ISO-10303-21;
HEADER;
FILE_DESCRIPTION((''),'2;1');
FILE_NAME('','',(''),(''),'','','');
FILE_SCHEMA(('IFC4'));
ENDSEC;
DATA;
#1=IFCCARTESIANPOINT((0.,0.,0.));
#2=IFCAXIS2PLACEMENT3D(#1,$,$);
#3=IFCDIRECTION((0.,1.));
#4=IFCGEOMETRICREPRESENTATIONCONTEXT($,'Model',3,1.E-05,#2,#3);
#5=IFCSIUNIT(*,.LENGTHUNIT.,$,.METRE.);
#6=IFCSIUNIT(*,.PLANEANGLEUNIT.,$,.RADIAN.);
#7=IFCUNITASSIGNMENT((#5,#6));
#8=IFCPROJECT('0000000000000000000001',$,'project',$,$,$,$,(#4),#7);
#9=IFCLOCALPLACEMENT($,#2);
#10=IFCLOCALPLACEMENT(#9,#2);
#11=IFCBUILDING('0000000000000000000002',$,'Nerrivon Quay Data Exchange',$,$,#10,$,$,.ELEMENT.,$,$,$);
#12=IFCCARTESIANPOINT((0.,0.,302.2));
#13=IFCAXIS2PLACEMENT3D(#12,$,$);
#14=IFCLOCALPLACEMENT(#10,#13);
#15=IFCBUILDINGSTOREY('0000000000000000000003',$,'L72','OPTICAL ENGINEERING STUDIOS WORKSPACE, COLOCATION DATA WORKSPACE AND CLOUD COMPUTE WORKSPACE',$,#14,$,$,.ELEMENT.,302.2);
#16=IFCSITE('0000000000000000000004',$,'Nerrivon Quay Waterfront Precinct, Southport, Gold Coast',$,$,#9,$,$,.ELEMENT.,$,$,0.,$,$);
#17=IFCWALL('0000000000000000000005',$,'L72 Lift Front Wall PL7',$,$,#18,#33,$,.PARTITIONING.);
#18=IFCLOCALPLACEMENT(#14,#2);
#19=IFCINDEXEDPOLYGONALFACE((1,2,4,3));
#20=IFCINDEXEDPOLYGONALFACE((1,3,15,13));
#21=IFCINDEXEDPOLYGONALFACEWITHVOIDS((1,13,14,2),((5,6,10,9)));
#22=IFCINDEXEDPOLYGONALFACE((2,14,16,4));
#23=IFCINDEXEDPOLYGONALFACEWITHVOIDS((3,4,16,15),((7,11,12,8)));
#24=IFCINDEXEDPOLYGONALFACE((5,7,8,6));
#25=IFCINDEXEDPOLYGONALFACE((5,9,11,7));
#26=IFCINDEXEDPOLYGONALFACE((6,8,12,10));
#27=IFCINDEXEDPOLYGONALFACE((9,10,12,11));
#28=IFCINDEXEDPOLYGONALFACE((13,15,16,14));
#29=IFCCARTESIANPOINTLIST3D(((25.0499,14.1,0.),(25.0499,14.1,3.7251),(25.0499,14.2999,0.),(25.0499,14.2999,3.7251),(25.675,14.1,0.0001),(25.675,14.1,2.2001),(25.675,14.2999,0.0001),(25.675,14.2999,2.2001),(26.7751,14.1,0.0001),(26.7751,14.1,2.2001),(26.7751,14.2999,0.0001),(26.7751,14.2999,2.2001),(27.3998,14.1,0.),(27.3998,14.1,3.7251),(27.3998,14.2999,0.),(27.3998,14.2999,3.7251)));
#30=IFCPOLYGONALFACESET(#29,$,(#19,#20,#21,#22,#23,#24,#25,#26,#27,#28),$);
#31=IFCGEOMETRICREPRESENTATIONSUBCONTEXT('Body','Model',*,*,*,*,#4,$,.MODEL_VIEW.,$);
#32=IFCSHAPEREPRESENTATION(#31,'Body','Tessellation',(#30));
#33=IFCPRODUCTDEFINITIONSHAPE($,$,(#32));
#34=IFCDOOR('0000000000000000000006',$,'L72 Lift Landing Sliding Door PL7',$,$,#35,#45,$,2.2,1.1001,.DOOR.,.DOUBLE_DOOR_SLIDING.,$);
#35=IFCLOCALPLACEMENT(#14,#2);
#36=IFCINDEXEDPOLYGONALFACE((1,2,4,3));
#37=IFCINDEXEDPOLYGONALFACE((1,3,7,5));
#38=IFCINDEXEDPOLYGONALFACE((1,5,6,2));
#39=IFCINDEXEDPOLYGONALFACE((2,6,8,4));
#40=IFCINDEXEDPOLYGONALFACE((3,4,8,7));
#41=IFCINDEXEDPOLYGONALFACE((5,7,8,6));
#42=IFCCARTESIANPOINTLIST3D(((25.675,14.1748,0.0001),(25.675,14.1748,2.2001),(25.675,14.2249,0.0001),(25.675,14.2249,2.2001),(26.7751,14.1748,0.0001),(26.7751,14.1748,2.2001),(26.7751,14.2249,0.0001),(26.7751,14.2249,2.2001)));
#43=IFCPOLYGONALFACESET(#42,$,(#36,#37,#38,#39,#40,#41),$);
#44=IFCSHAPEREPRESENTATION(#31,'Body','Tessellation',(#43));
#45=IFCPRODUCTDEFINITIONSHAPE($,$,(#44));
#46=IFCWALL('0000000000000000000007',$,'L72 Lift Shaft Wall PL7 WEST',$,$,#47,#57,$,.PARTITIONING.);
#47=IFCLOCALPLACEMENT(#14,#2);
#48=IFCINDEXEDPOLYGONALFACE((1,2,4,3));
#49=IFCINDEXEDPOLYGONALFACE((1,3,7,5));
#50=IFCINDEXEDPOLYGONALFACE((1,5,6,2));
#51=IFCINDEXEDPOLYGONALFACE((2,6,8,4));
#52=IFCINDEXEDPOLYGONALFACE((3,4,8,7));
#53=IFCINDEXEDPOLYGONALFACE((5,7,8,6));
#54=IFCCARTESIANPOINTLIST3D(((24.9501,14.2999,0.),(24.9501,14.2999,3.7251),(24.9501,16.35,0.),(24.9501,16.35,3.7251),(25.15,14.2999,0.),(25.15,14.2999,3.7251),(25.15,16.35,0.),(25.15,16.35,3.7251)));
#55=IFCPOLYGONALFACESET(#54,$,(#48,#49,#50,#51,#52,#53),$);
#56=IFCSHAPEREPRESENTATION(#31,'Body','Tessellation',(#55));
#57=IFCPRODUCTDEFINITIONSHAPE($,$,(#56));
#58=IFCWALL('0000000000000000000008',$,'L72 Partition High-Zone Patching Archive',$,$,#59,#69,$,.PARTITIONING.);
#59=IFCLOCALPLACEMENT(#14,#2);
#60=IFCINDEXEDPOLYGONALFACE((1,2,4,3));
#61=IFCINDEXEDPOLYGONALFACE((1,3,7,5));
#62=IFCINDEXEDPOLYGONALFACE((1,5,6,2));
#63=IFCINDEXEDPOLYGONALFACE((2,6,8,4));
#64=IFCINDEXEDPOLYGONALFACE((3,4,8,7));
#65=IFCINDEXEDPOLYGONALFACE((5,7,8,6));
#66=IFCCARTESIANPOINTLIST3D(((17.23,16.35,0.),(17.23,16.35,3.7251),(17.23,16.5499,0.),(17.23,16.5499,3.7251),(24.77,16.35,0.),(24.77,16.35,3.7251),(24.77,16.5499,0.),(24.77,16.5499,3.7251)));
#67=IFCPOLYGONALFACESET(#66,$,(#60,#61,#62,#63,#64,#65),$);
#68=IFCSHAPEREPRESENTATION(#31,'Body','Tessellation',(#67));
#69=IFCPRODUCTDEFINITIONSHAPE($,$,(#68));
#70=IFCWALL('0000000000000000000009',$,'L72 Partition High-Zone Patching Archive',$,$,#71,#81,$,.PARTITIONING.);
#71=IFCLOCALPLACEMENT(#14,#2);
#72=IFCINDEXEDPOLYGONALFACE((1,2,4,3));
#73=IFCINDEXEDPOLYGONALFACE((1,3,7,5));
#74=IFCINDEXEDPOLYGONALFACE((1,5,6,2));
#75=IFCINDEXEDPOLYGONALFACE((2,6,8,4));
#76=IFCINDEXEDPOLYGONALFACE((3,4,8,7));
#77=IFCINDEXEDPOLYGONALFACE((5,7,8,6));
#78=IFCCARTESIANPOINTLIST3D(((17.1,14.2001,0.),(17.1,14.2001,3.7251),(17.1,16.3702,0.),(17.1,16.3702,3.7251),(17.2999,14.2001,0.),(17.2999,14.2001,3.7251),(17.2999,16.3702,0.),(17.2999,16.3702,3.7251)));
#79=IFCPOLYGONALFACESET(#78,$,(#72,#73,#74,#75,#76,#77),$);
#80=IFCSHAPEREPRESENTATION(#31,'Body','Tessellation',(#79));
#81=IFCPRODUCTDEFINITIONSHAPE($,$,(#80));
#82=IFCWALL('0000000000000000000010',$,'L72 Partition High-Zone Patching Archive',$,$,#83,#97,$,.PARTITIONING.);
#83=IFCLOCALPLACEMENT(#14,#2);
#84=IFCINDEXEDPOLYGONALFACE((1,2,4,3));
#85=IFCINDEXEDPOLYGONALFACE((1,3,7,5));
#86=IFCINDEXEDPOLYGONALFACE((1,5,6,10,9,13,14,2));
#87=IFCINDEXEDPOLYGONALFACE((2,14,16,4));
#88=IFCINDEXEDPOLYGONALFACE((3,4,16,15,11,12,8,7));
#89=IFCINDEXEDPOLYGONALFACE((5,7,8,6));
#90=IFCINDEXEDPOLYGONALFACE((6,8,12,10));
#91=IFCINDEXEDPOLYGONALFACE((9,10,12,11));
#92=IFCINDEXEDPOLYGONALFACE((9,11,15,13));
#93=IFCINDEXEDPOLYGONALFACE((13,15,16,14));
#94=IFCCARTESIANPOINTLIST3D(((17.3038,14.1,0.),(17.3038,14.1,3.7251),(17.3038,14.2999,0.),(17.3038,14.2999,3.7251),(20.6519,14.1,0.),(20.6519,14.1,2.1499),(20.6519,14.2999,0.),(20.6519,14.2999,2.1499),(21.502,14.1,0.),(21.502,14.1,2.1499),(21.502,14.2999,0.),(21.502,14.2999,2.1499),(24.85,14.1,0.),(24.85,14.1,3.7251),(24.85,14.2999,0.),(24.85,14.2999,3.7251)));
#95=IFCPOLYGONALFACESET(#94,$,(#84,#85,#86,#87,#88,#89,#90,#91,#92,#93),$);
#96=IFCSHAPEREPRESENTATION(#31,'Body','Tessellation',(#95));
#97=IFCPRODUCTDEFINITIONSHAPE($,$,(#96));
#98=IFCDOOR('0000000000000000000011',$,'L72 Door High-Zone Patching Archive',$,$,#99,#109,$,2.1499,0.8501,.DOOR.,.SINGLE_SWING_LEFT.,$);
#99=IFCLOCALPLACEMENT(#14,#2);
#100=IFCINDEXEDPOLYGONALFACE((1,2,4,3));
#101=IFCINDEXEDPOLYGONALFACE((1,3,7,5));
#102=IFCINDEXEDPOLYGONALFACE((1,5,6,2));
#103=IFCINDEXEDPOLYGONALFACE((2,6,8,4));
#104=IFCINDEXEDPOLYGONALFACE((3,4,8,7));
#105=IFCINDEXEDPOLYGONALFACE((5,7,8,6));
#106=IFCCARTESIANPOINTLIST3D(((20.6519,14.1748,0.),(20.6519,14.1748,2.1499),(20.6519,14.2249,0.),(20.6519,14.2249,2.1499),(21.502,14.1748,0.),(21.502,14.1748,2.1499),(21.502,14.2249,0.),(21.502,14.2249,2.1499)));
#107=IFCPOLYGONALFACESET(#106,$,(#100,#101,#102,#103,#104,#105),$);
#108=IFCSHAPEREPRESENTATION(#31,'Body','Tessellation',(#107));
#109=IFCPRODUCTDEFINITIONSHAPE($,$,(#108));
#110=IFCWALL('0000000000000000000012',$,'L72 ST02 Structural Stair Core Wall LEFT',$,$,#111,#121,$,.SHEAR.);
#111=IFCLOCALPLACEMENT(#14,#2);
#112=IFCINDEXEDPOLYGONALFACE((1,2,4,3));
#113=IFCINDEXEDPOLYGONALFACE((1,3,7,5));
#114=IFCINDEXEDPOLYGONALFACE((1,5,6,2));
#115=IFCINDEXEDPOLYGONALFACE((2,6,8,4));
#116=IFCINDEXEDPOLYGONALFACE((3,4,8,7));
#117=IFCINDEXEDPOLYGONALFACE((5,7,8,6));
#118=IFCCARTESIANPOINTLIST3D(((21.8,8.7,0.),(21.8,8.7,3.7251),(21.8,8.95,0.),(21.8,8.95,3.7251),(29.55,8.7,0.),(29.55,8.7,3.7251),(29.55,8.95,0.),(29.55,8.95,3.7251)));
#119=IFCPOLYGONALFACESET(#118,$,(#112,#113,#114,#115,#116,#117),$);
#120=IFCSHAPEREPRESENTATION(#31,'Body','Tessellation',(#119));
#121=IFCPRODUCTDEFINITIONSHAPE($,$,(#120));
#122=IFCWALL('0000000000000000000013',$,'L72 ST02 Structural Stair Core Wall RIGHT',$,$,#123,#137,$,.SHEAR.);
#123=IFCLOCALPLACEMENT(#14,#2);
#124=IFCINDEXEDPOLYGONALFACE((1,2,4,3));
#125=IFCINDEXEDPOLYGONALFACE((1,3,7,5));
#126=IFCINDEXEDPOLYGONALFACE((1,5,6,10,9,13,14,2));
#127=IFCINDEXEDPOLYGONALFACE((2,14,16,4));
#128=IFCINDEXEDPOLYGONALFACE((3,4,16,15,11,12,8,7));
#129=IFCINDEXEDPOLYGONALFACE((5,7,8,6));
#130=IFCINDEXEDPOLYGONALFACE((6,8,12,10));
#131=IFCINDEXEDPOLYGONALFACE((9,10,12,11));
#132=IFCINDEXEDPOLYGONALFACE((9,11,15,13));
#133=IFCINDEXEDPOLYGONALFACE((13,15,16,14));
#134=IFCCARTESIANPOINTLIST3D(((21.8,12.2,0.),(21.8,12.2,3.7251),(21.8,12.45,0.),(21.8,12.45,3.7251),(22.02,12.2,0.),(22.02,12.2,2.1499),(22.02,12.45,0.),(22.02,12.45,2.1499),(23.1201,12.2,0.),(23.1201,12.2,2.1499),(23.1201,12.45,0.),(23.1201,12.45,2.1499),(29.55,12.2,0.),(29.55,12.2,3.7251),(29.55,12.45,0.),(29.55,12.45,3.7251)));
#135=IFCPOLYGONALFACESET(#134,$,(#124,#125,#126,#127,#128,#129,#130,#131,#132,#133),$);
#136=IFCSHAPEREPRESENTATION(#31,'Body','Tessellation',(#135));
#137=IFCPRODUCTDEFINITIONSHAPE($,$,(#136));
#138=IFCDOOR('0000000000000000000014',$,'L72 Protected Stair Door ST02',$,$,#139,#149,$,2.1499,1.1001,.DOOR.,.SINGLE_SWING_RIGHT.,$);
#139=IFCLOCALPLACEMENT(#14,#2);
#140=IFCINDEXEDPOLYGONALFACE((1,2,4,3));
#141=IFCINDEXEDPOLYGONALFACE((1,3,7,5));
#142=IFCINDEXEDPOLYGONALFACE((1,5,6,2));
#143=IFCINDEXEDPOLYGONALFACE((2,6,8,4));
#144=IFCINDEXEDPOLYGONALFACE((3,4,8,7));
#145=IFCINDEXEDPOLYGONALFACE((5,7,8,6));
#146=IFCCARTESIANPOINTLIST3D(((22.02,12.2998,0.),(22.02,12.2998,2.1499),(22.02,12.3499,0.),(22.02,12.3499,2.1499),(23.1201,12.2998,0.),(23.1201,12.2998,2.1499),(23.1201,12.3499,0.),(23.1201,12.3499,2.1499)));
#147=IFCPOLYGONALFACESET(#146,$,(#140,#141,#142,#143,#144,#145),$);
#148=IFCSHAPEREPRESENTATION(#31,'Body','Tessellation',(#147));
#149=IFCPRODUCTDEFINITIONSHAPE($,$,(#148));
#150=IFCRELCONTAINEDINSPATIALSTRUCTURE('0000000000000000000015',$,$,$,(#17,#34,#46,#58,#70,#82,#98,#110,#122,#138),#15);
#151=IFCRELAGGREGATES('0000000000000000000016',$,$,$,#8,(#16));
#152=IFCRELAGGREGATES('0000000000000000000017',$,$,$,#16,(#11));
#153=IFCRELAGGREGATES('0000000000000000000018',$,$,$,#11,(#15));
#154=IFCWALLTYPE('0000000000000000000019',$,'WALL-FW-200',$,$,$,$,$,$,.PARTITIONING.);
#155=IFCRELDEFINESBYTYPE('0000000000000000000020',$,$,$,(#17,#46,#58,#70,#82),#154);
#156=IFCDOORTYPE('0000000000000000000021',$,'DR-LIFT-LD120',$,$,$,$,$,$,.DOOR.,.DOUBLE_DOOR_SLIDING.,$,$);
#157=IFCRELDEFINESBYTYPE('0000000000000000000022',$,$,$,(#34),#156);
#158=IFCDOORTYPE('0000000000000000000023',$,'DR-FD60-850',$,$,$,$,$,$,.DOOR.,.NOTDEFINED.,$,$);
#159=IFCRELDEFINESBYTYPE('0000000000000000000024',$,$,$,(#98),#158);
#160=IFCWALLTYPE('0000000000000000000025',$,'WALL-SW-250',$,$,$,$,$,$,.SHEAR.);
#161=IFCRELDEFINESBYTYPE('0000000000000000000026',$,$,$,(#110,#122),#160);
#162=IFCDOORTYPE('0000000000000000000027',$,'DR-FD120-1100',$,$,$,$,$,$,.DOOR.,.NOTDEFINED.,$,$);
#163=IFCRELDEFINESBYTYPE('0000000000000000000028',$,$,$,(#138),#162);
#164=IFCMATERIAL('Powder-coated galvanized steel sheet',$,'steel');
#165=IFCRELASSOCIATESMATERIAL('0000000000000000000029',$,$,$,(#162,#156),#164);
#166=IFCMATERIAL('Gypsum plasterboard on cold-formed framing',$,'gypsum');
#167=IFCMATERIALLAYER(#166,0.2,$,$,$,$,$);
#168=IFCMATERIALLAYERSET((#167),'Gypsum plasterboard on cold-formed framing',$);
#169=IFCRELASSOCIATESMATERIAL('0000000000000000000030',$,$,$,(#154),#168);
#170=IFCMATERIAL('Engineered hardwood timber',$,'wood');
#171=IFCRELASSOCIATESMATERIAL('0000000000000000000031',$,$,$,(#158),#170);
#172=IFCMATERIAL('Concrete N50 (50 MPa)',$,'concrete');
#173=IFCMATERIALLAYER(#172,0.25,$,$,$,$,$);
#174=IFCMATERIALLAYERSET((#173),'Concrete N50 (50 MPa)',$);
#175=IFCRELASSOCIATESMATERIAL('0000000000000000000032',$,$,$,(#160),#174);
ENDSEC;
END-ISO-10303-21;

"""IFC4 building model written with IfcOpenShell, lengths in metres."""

from ifc_helpers import new_model, si_unit, direction, frame, frame_2d, origin, place, context, subcontext, project, spatial, rectangle, extrude, material, layer, layer_set, type_object, element, fill, save


model = new_model("IFC4")

# Units and contexts
model_context = context("Model", 3, precision=1e-05, world=origin(), true_north=direction((0.0, 1.0)))
body_context = subcontext(model_context, "Body", "Model", "MODEL_VIEW")
ifc_project = project(units=[si_unit("LENGTHUNIT", "METRE"), si_unit("PLANEANGLEUNIT", "RADIAN")], contexts=[model_context])

# Site, building, storey
site_placement = place(None, origin())
site = spatial("IfcSite", under=ifc_project, at=site_placement, Name="Nerrivon Quay Waterfront Precinct, Southport, Gold Coast", CompositionType="ELEMENT", RefElevation=0.0)
building_placement = place(site_placement, origin())
building = spatial("IfcBuilding", under=site, at=building_placement, Name="Nerrivon Quay Data Exchange", CompositionType="ELEMENT")
storey_placement = place(building_placement, frame((0.0, 0.0, 302.2)))
storey = spatial("IfcBuildingStorey", under=building, at=storey_placement, Name="L72", Description="OPTICAL ENGINEERING STUDIOS WORKSPACE, COLOCATION DATA WORKSPACE AND CLOUD COMPUTE WORKSPACE", CompositionType="ELEMENT", Elevation=302.2)

# Shared definitions
ifc_material_1 = material(Name="Concrete N50 (50 MPa)", Category="concrete")

# Shared definitions
ifc_material_2 = material(Name="Powder-coated galvanized steel sheet", Category="steel")
door_type_1 = type_object("IfcDoorType", Name="DR-FD120-1100", OperationType="NOTDEFINED", PredefinedType="DOOR", material=ifc_material_2)

# Shared definitions
ifc_material_3 = material(Name="Gypsum plasterboard on cold-formed framing", Category="gypsum")
ifc_layer_1 = layer(ifc_material_3, 0.2)
ifc_layer_set_1 = layer_set([ifc_layer_1], Name="Gypsum plasterboard on cold-formed framing")
wall_type_1 = type_object("IfcWallType", Name="WALL-FW-200", PredefinedType="PARTITIONING", material=ifc_layer_set_1)

# Shared definitions
door_type_2 = type_object("IfcDoorType", Name="DR-LIFT-LD120", OperationType="DOUBLE_DOOR_SLIDING", PredefinedType="DOOR", material=ifc_material_2)

# Wall, opening, door
wall_1_placement = place(storey_placement, frame((25.05, 14.2, 0.0), z_axis=(0.0, 0.0, 1.0), x_axis=(1.0, 0.0, 0.0)))
wall_1 = element("IfcWall", 1, at=wall_1_placement, inside=storey, type_object=wall_type_1, Name="L72 Lift Front Wall PL7", PredefinedType="PARTITIONING", context=body_context, shape_type="SweptSolid", body=[
    extrude(rectangle(XDim=2.3499, YDim=0.2, at=frame_2d((1.1748, 0.0))), origin(), (0.0, 0.0, 1.0), 3.7251),
])
opening_1_placement = place(wall_1_placement, frame((0.625, 0.0, 0.0)))
opening_1 = element("IfcOpeningElement", 2, at=opening_1_placement, cuts=wall_1, PredefinedType="OPENING", context=body_context, shape_type="SweptSolid", body=[
    extrude(rectangle(XDim=1.1001, YDim=2.2, at=frame_2d((0.55, 1.1001))), frame((0.0, 0.1099, 0.0), z_axis=(0.0, -1.0, 0.0), x_axis=(1.0, 0.0, 0.0)), (0.0, 0.0, 1.0), 0.22),
])
door_1_placement = place(opening_1_placement, origin())
door_1 = element("IfcDoor", 3, at=door_1_placement, inside=storey, type_object=door_type_2, Name="L72 Lift Landing Sliding Door PL7", OperationType="DOUBLE_DOOR_SLIDING", OverallHeight=2.2, OverallWidth=1.1001, PredefinedType="DOOR", context=body_context, shape_type="SweptSolid", body=[
    extrude(rectangle(XDim=1.1001, YDim=2.2, at=frame_2d((0.55, 1.1001))), frame((0.0, 0.0249, 0.0), z_axis=(0.0, -1.0, 0.0), x_axis=(1.0, 0.0, 0.0)), (0.0, 0.0, 1.0), 0.05),
])
fill(opening_1, door_1)

# Walls
wall_2_placement = place(storey_placement, frame((25.05, 14.3, 0.0), z_axis=(0.0, 0.0, 1.0), x_axis=(0.0, 1.0, 0.0)))
element("IfcWall", 4, at=wall_2_placement, inside=storey, type_object=wall_type_1, Name="L72 Lift Shaft Wall PL7 WEST", PredefinedType="PARTITIONING", context=body_context, shape_type="SweptSolid", body=[
    extrude(rectangle(XDim=2.05, YDim=0.2, at=frame_2d((1.0249, 0.0))), origin(), (0.0, 0.0, 1.0), 3.7251),
])
wall_3_placement = place(storey_placement, frame((24.77, 16.45, 0.0), z_axis=(0.0, 0.0, 1.0), x_axis=(-1.0, 0.0, 0.0)))
element("IfcWall", 5, at=wall_3_placement, inside=storey, type_object=wall_type_1, Name="L72 Partition High-Zone Patching Archive", PredefinedType="PARTITIONING", context=body_context, shape_type="SweptSolid", body=[
    extrude(rectangle(XDim=7.54, YDim=0.2, at=frame_2d((3.77, 0.0))), origin(), (0.0, 0.0, 1.0), 3.7251),
])
wall_4_placement = place(storey_placement, frame((17.2, 16.3701, 0.0), z_axis=(0.0, 0.0, 1.0), x_axis=(0.0, -1.0, 0.0)))
element("IfcWall", 6, at=wall_4_placement, inside=storey, type_object=wall_type_1, Name="L72 Partition High-Zone Patching Archive", PredefinedType="PARTITIONING", context=body_context, shape_type="SweptSolid", body=[
    extrude(rectangle(XDim=2.1702, YDim=0.2, at=frame_2d((1.085, 0.0))), origin(), (0.0, 0.0, 1.0), 3.7251),
])

# Wall, opening, door
wall_5_placement = place(storey_placement, frame((17.304, 14.2, 0.0), z_axis=(0.0, 0.0, 1.0), x_axis=(1.0, 0.0, 0.0)))
wall_5 = element("IfcWall", 7, at=wall_5_placement, inside=storey, type_object=wall_type_1, Name="L72 Partition High-Zone Patching Archive", PredefinedType="PARTITIONING", context=body_context, shape_type="SweptSolid", body=[
    extrude(rectangle(XDim=7.5461, YDim=0.2, at=frame_2d((3.7729, 0.0))), origin(), (0.0, 0.0, 1.0), 3.7251),
])
opening_2_placement = place(wall_5_placement, frame((3.3479, 0.0, 0.0)))
opening_2 = element("IfcOpeningElement", 8, at=opening_2_placement, cuts=wall_5, PredefinedType="OPENING", context=body_context, shape_type="SweptSolid", body=[
    extrude(rectangle(XDim=0.8501, YDim=2.1499, at=frame_2d((0.425, 1.075))), frame((0.0, 0.1099, 0.0), z_axis=(0.0, -1.0, 0.0), x_axis=(1.0, 0.0, 0.0)), (0.0, 0.0, 1.0), 0.22),
])
ifc_material_4 = material(Name="Engineered hardwood timber", Category="wood")
door_type_3 = type_object("IfcDoorType", Name="DR-FD60-850", OperationType="NOTDEFINED", PredefinedType="DOOR", material=ifc_material_4)
door_2_placement = place(opening_2_placement, origin())
door_2 = element("IfcDoor", 9, at=door_2_placement, inside=storey, type_object=door_type_3, Name="L72 Door High-Zone Patching Archive", OperationType="SINGLE_SWING_LEFT", OverallHeight=2.1499, OverallWidth=0.8501, PredefinedType="DOOR", context=body_context, shape_type="SweptSolid", body=[
    extrude(rectangle(XDim=0.8501, YDim=2.1499, at=frame_2d((0.425, 1.075))), frame((0.0, 0.0249, 0.0), z_axis=(0.0, -1.0, 0.0), x_axis=(1.0, 0.0, 0.0)), (0.0, 0.0, 1.0), 0.05),
])
fill(opening_2, door_2)

# Wall
ifc_layer_2 = layer(ifc_material_1, 0.25)
ifc_layer_set_2 = layer_set([ifc_layer_2], Name="Concrete N50 (50 MPa)")
wall_type_2 = type_object("IfcWallType", Name="WALL-SW-250", PredefinedType="SHEAR", material=ifc_layer_set_2)
wall_6_placement = place(storey_placement, frame((21.8, 8.825, 0.0), z_axis=(0.0, 0.0, 1.0), x_axis=(1.0, 0.0, 0.0)))
element("IfcWall", 10, at=wall_6_placement, inside=storey, type_object=wall_type_2, Name="L72 ST02 Structural Stair Core Wall LEFT", PredefinedType="SHEAR", context=body_context, shape_type="SweptSolid", body=[
    extrude(rectangle(XDim=7.75, YDim=0.25, at=frame_2d((3.875, 0.0))), origin(), (0.0, 0.0, 1.0), 3.7251),
])

# Wall, opening, door
wall_7_placement = place(storey_placement, frame((21.8, 12.325, 0.0), z_axis=(0.0, 0.0, 1.0), x_axis=(1.0, 0.0, 0.0)))
wall_7 = element("IfcWall", 11, at=wall_7_placement, inside=storey, type_object=wall_type_2, Name="L72 ST02 Structural Stair Core Wall RIGHT", PredefinedType="SHEAR", context=body_context, shape_type="SweptSolid", body=[
    extrude(rectangle(XDim=7.75, YDim=0.25, at=frame_2d((3.875, 0.0))), origin(), (0.0, 0.0, 1.0), 3.7251),
])
opening_3_placement = place(wall_7_placement, frame((0.22, 0.0, 0.0)))
opening_3 = element("IfcOpeningElement", 12, at=opening_3_placement, cuts=wall_7, PredefinedType="OPENING", context=body_context, shape_type="SweptSolid", body=[
    extrude(rectangle(XDim=1.1001, YDim=2.1499, at=frame_2d((0.55, 1.075))), frame((0.0, 0.135, 0.0), z_axis=(0.0, -1.0, 0.0), x_axis=(1.0, 0.0, 0.0)), (0.0, 0.0, 1.0), 0.27),
])
door_3_placement = place(opening_3_placement, origin())
door_3 = element("IfcDoor", 13, at=door_3_placement, inside=storey, type_object=door_type_1, Name="L72 Protected Stair Door ST02", OperationType="SINGLE_SWING_RIGHT", OverallHeight=2.1499, OverallWidth=1.1001, PredefinedType="DOOR", context=body_context, shape_type="SweptSolid", body=[
    extrude(rectangle(XDim=1.1001, YDim=2.1499, at=frame_2d((0.55, 1.075))), frame((0.0, 0.0249, 0.0), z_axis=(0.0, -1.0, 0.0), x_axis=(1.0, 0.0, 0.0)), (0.0, 0.0, 1.0), 0.05),
])
fill(opening_3, door_3)

save(model, "model.ifc")
